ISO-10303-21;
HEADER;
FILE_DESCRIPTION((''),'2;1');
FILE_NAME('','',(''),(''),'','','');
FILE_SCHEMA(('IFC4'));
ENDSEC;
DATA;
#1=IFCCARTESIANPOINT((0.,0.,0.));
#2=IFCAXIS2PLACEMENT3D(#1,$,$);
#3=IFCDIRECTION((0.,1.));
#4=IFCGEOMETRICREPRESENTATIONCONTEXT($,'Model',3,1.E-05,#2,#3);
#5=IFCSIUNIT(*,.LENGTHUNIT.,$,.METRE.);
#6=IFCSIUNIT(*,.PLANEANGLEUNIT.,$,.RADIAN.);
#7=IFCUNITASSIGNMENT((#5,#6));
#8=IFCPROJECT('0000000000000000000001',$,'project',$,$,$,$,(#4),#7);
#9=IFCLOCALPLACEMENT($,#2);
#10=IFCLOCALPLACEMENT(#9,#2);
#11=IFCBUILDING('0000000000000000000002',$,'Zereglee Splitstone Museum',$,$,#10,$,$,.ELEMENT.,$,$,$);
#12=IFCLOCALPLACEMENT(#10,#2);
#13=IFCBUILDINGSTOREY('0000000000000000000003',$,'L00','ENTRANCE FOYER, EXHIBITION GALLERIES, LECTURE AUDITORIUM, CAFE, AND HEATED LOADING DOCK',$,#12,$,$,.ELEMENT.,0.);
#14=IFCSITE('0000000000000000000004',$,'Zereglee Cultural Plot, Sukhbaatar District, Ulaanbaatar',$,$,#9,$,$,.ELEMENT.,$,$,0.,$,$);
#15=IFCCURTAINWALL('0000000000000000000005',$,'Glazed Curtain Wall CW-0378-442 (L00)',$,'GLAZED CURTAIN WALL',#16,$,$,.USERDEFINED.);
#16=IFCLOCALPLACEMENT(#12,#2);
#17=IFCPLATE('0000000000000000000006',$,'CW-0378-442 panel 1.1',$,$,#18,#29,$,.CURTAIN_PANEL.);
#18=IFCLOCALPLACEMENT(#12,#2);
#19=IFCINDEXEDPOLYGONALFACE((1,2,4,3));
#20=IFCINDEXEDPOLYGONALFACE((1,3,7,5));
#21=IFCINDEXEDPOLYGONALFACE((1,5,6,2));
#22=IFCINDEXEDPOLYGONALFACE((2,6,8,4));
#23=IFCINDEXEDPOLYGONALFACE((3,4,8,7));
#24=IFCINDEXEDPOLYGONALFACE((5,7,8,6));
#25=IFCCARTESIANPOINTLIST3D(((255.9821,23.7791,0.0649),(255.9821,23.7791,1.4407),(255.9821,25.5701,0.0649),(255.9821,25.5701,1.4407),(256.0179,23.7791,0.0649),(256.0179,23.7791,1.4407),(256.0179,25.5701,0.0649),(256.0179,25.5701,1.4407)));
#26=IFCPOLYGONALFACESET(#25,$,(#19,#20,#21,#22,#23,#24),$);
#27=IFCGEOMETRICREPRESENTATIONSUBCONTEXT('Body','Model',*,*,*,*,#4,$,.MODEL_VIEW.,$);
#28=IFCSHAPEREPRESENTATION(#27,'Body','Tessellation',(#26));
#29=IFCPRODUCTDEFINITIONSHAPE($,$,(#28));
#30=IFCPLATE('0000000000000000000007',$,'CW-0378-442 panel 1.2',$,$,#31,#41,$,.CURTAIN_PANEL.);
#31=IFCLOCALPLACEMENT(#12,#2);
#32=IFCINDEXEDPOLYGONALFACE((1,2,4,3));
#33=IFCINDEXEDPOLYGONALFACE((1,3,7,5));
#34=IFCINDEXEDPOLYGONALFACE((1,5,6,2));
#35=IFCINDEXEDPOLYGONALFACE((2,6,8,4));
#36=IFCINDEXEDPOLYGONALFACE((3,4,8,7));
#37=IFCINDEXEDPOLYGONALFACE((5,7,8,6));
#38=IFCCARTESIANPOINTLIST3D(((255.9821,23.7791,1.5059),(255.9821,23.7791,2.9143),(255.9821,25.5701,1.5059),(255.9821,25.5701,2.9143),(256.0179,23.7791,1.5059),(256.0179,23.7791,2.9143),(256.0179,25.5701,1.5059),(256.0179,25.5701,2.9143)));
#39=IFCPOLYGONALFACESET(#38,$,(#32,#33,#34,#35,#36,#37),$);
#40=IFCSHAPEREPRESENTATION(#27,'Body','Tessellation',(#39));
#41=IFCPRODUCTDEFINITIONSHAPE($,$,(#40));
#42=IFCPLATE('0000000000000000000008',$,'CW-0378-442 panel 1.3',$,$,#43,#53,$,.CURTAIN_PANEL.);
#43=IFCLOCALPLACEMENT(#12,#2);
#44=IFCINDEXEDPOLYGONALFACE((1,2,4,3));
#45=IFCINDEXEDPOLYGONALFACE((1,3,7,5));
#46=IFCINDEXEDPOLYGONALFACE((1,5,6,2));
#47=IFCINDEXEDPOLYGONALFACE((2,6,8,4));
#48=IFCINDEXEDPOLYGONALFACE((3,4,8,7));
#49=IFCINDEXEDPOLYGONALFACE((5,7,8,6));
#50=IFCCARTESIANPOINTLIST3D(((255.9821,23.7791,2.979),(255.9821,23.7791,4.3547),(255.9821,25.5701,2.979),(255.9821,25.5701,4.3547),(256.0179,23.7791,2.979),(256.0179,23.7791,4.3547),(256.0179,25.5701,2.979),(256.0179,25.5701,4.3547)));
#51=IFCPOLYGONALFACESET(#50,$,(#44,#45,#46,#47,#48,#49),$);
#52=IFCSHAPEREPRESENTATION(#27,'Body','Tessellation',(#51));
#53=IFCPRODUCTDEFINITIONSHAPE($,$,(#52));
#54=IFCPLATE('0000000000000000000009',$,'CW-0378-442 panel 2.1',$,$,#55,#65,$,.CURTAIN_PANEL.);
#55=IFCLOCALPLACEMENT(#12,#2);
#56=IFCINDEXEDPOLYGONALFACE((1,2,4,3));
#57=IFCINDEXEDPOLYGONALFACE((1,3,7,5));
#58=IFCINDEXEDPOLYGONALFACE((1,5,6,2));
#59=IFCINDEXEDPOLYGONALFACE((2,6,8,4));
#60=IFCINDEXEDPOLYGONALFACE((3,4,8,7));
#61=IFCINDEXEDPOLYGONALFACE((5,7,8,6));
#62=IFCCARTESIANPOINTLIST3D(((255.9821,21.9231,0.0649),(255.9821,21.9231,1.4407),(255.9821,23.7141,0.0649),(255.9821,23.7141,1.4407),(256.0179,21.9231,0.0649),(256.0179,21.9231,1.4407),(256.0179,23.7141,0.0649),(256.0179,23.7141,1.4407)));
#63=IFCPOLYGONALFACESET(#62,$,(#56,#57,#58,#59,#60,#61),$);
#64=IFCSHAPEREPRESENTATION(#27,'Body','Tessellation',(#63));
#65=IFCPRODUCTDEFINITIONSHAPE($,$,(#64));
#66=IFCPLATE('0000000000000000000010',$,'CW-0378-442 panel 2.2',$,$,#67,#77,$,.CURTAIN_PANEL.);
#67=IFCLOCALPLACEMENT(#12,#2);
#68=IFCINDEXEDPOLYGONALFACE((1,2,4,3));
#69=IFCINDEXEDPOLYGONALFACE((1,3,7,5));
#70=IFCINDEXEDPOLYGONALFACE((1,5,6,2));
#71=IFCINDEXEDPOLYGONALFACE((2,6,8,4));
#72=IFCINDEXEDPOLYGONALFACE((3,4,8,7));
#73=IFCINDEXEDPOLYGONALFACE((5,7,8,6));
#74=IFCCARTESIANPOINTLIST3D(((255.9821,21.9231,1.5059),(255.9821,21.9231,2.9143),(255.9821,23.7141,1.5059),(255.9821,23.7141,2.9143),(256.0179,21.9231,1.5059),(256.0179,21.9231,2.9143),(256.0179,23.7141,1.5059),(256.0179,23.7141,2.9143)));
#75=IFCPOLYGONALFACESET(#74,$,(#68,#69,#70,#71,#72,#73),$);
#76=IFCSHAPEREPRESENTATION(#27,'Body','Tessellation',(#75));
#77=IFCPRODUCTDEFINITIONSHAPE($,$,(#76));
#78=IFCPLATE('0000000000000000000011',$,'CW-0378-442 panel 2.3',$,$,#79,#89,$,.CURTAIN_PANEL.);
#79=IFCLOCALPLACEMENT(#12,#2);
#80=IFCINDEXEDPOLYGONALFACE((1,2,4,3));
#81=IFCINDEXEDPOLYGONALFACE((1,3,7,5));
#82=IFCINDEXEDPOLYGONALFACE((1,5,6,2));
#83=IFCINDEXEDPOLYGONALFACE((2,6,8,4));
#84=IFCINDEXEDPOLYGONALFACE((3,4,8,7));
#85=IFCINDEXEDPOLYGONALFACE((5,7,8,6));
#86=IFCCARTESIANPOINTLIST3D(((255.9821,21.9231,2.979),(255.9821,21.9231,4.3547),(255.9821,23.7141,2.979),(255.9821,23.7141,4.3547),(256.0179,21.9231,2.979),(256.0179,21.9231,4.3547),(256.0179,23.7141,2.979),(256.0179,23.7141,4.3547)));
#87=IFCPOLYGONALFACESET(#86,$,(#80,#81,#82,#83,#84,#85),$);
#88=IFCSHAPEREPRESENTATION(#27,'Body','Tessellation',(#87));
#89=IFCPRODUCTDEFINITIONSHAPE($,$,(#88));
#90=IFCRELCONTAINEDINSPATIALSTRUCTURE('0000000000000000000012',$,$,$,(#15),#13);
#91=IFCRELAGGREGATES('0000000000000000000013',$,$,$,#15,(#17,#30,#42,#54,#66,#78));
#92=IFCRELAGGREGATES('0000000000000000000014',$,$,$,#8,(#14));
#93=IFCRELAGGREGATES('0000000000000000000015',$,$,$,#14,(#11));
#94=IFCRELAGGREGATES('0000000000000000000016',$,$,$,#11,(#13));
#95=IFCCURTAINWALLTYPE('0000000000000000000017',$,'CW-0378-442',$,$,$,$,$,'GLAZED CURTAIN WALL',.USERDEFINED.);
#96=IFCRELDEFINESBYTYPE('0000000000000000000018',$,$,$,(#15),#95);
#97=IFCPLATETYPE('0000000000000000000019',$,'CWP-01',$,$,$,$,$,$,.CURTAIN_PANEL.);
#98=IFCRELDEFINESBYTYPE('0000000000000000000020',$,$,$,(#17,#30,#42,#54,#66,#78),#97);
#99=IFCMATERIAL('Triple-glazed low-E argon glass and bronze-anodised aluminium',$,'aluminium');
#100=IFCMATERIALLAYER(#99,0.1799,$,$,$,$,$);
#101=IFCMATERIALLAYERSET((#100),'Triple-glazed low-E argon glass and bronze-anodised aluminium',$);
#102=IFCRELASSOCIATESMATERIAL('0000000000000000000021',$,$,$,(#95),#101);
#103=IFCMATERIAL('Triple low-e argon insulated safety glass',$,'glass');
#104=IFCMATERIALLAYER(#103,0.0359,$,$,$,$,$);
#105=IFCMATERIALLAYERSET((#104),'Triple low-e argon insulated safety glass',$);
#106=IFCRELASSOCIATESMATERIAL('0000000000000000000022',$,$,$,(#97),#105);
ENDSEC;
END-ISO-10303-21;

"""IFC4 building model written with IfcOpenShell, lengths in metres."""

from ifc_helpers import new_model, si_unit, direction, frame, origin, origin_2d, place, context, subcontext, project, spatial, rectangle, extrude, material, layer, layer_set, type_object, element, aggregate, save


model = new_model("IFC4")

# Units and contexts
model_context = context("Model", 3, precision=1e-05, world=origin(), true_north=direction((0.0, 1.0)))
body_context = subcontext(model_context, "Body", "Model", "MODEL_VIEW")
ifc_project = project(units=[si_unit("LENGTHUNIT", "METRE"), si_unit("PLANEANGLEUNIT", "RADIAN")], contexts=[model_context])

# Site, building, storey
site_placement = place(None, origin())
site = spatial("IfcSite", under=ifc_project, at=site_placement, Name="Zereglee Cultural Plot, Sukhbaatar District, Ulaanbaatar", CompositionType="ELEMENT", RefElevation=0.0)
building_placement = place(site_placement, origin())
building = spatial("IfcBuilding", under=site, at=building_placement, Name="Zereglee Splitstone Museum", CompositionType="ELEMENT")
storey_placement = place(building_placement, origin())
storey = spatial("IfcBuildingStorey", under=building, at=storey_placement, Name="L00", Description="ENTRANCE FOYER, EXHIBITION GALLERIES, LECTURE AUDITORIUM, CAFE, AND HEATED LOADING DOCK", CompositionType="ELEMENT", Elevation=0.0)

# Shared definitions
ifc_material_1 = material(Name="Triple-glazed low-E argon glass and bronze-anodised aluminium", Category="aluminium")

# Curtain wall
ifc_layer_1 = layer(ifc_material_1, 0.1799)
ifc_layer_set_1 = layer_set([ifc_layer_1], Name="Triple-glazed low-E argon glass and bronze-anodised aluminium")
curtain_wall_type_1 = type_object("IfcCurtainWallType", Name="CW-0378-442", ElementType="GLAZED CURTAIN WALL", PredefinedType="USERDEFINED", material=ifc_layer_set_1)
curtain_wall_1_placement = place(storey_placement, origin())
curtain_wall_1 = element("IfcCurtainWall", 1, at=curtain_wall_1_placement, inside=storey, type_object=curtain_wall_type_1, Name="Glazed Curtain Wall CW-0378-442 (L00)", ObjectType="GLAZED CURTAIN WALL", PredefinedType="USERDEFINED")

# Plates
ifc_material_2 = material(Name="Triple low-e argon insulated safety glass", Category="glass")
ifc_layer_2 = layer(ifc_material_2, 0.0359)
ifc_layer_set_2 = layer_set([ifc_layer_2], Name="Triple low-e argon insulated safety glass")
plate_type = type_object("IfcPlateType", Name="CWP-01", PredefinedType="CURTAIN_PANEL", material=ifc_layer_set_2)
plate_1_placement = place(storey_placement, frame((256.0, 24.6746, 0.0649), z_axis=(0.0, 0.0, 1.0), x_axis=(0.0, -1.0, 0.0)))
plate_1 = element("IfcPlate", 2, at=plate_1_placement, type_object=plate_type, Name="CW-0378-442 panel 1.1", PredefinedType="CURTAIN_PANEL", context=body_context, shape_type="SweptSolid", body=[
    extrude(rectangle(XDim=1.791, YDim=0.0359, at=origin_2d()), origin(), (0.0, 0.0, 1.0), 1.3757),
])
plate_2_placement = place(storey_placement, frame((256.0, 24.6746, 1.5059), z_axis=(0.0, 0.0, 1.0), x_axis=(0.0, -1.0, 0.0)))
plate_2 = element("IfcPlate", 3, at=plate_2_placement, type_object=plate_type, Name="CW-0378-442 panel 1.2", PredefinedType="CURTAIN_PANEL", context=body_context, shape_type="SweptSolid", body=[
    extrude(rectangle(XDim=1.791, YDim=0.0359, at=origin_2d()), origin(), (0.0, 0.0, 1.0), 1.4084),
])
plate_3_placement = place(storey_placement, frame((256.0, 24.6746, 2.979), z_axis=(0.0, 0.0, 1.0), x_axis=(0.0, -1.0, 0.0)))
plate_3 = element("IfcPlate", 4, at=plate_3_placement, type_object=plate_type, Name="CW-0378-442 panel 1.3", PredefinedType="CURTAIN_PANEL", context=body_context, shape_type="SweptSolid", body=[
    extrude(rectangle(XDim=1.791, YDim=0.0359, at=origin_2d()), origin(), (0.0, 0.0, 1.0), 1.3757),
])
plate_4_placement = place(storey_placement, frame((256.0, 22.8186, 0.0649), z_axis=(0.0, 0.0, 1.0), x_axis=(0.0, -1.0, 0.0)))
plate_4 = element("IfcPlate", 5, at=plate_4_placement, type_object=plate_type, Name="CW-0378-442 panel 2.1", PredefinedType="CURTAIN_PANEL", context=body_context, shape_type="SweptSolid", body=[
    extrude(rectangle(XDim=1.791, YDim=0.0359, at=origin_2d()), origin(), (0.0, 0.0, 1.0), 1.3757),
])
plate_5_placement = place(storey_placement, frame((256.0, 22.8186, 1.5059), z_axis=(0.0, 0.0, 1.0), x_axis=(0.0, -1.0, 0.0)))
plate_5 = element("IfcPlate", 6, at=plate_5_placement, type_object=plate_type, Name="CW-0378-442 panel 2.2", PredefinedType="CURTAIN_PANEL", context=body_context, shape_type="SweptSolid", body=[
    extrude(rectangle(XDim=1.791, YDim=0.0359, at=origin_2d()), origin(), (0.0, 0.0, 1.0), 1.4084),
])
plate_6_placement = place(storey_placement, frame((256.0, 22.8186, 2.979), z_axis=(0.0, 0.0, 1.0), x_axis=(0.0, -1.0, 0.0)))
plate_6 = element("IfcPlate", 7, at=plate_6_placement, type_object=plate_type, Name="CW-0378-442 panel 2.3", PredefinedType="CURTAIN_PANEL", context=body_context, shape_type="SweptSolid", body=[
    extrude(rectangle(XDim=1.791, YDim=0.0359, at=origin_2d()), origin(), (0.0, 0.0, 1.0), 1.3757),
])
aggregate(curtain_wall_1, [plate_1, plate_2, plate_3, plate_4, plate_5, plate_6])

save(model, "model.ifc")
